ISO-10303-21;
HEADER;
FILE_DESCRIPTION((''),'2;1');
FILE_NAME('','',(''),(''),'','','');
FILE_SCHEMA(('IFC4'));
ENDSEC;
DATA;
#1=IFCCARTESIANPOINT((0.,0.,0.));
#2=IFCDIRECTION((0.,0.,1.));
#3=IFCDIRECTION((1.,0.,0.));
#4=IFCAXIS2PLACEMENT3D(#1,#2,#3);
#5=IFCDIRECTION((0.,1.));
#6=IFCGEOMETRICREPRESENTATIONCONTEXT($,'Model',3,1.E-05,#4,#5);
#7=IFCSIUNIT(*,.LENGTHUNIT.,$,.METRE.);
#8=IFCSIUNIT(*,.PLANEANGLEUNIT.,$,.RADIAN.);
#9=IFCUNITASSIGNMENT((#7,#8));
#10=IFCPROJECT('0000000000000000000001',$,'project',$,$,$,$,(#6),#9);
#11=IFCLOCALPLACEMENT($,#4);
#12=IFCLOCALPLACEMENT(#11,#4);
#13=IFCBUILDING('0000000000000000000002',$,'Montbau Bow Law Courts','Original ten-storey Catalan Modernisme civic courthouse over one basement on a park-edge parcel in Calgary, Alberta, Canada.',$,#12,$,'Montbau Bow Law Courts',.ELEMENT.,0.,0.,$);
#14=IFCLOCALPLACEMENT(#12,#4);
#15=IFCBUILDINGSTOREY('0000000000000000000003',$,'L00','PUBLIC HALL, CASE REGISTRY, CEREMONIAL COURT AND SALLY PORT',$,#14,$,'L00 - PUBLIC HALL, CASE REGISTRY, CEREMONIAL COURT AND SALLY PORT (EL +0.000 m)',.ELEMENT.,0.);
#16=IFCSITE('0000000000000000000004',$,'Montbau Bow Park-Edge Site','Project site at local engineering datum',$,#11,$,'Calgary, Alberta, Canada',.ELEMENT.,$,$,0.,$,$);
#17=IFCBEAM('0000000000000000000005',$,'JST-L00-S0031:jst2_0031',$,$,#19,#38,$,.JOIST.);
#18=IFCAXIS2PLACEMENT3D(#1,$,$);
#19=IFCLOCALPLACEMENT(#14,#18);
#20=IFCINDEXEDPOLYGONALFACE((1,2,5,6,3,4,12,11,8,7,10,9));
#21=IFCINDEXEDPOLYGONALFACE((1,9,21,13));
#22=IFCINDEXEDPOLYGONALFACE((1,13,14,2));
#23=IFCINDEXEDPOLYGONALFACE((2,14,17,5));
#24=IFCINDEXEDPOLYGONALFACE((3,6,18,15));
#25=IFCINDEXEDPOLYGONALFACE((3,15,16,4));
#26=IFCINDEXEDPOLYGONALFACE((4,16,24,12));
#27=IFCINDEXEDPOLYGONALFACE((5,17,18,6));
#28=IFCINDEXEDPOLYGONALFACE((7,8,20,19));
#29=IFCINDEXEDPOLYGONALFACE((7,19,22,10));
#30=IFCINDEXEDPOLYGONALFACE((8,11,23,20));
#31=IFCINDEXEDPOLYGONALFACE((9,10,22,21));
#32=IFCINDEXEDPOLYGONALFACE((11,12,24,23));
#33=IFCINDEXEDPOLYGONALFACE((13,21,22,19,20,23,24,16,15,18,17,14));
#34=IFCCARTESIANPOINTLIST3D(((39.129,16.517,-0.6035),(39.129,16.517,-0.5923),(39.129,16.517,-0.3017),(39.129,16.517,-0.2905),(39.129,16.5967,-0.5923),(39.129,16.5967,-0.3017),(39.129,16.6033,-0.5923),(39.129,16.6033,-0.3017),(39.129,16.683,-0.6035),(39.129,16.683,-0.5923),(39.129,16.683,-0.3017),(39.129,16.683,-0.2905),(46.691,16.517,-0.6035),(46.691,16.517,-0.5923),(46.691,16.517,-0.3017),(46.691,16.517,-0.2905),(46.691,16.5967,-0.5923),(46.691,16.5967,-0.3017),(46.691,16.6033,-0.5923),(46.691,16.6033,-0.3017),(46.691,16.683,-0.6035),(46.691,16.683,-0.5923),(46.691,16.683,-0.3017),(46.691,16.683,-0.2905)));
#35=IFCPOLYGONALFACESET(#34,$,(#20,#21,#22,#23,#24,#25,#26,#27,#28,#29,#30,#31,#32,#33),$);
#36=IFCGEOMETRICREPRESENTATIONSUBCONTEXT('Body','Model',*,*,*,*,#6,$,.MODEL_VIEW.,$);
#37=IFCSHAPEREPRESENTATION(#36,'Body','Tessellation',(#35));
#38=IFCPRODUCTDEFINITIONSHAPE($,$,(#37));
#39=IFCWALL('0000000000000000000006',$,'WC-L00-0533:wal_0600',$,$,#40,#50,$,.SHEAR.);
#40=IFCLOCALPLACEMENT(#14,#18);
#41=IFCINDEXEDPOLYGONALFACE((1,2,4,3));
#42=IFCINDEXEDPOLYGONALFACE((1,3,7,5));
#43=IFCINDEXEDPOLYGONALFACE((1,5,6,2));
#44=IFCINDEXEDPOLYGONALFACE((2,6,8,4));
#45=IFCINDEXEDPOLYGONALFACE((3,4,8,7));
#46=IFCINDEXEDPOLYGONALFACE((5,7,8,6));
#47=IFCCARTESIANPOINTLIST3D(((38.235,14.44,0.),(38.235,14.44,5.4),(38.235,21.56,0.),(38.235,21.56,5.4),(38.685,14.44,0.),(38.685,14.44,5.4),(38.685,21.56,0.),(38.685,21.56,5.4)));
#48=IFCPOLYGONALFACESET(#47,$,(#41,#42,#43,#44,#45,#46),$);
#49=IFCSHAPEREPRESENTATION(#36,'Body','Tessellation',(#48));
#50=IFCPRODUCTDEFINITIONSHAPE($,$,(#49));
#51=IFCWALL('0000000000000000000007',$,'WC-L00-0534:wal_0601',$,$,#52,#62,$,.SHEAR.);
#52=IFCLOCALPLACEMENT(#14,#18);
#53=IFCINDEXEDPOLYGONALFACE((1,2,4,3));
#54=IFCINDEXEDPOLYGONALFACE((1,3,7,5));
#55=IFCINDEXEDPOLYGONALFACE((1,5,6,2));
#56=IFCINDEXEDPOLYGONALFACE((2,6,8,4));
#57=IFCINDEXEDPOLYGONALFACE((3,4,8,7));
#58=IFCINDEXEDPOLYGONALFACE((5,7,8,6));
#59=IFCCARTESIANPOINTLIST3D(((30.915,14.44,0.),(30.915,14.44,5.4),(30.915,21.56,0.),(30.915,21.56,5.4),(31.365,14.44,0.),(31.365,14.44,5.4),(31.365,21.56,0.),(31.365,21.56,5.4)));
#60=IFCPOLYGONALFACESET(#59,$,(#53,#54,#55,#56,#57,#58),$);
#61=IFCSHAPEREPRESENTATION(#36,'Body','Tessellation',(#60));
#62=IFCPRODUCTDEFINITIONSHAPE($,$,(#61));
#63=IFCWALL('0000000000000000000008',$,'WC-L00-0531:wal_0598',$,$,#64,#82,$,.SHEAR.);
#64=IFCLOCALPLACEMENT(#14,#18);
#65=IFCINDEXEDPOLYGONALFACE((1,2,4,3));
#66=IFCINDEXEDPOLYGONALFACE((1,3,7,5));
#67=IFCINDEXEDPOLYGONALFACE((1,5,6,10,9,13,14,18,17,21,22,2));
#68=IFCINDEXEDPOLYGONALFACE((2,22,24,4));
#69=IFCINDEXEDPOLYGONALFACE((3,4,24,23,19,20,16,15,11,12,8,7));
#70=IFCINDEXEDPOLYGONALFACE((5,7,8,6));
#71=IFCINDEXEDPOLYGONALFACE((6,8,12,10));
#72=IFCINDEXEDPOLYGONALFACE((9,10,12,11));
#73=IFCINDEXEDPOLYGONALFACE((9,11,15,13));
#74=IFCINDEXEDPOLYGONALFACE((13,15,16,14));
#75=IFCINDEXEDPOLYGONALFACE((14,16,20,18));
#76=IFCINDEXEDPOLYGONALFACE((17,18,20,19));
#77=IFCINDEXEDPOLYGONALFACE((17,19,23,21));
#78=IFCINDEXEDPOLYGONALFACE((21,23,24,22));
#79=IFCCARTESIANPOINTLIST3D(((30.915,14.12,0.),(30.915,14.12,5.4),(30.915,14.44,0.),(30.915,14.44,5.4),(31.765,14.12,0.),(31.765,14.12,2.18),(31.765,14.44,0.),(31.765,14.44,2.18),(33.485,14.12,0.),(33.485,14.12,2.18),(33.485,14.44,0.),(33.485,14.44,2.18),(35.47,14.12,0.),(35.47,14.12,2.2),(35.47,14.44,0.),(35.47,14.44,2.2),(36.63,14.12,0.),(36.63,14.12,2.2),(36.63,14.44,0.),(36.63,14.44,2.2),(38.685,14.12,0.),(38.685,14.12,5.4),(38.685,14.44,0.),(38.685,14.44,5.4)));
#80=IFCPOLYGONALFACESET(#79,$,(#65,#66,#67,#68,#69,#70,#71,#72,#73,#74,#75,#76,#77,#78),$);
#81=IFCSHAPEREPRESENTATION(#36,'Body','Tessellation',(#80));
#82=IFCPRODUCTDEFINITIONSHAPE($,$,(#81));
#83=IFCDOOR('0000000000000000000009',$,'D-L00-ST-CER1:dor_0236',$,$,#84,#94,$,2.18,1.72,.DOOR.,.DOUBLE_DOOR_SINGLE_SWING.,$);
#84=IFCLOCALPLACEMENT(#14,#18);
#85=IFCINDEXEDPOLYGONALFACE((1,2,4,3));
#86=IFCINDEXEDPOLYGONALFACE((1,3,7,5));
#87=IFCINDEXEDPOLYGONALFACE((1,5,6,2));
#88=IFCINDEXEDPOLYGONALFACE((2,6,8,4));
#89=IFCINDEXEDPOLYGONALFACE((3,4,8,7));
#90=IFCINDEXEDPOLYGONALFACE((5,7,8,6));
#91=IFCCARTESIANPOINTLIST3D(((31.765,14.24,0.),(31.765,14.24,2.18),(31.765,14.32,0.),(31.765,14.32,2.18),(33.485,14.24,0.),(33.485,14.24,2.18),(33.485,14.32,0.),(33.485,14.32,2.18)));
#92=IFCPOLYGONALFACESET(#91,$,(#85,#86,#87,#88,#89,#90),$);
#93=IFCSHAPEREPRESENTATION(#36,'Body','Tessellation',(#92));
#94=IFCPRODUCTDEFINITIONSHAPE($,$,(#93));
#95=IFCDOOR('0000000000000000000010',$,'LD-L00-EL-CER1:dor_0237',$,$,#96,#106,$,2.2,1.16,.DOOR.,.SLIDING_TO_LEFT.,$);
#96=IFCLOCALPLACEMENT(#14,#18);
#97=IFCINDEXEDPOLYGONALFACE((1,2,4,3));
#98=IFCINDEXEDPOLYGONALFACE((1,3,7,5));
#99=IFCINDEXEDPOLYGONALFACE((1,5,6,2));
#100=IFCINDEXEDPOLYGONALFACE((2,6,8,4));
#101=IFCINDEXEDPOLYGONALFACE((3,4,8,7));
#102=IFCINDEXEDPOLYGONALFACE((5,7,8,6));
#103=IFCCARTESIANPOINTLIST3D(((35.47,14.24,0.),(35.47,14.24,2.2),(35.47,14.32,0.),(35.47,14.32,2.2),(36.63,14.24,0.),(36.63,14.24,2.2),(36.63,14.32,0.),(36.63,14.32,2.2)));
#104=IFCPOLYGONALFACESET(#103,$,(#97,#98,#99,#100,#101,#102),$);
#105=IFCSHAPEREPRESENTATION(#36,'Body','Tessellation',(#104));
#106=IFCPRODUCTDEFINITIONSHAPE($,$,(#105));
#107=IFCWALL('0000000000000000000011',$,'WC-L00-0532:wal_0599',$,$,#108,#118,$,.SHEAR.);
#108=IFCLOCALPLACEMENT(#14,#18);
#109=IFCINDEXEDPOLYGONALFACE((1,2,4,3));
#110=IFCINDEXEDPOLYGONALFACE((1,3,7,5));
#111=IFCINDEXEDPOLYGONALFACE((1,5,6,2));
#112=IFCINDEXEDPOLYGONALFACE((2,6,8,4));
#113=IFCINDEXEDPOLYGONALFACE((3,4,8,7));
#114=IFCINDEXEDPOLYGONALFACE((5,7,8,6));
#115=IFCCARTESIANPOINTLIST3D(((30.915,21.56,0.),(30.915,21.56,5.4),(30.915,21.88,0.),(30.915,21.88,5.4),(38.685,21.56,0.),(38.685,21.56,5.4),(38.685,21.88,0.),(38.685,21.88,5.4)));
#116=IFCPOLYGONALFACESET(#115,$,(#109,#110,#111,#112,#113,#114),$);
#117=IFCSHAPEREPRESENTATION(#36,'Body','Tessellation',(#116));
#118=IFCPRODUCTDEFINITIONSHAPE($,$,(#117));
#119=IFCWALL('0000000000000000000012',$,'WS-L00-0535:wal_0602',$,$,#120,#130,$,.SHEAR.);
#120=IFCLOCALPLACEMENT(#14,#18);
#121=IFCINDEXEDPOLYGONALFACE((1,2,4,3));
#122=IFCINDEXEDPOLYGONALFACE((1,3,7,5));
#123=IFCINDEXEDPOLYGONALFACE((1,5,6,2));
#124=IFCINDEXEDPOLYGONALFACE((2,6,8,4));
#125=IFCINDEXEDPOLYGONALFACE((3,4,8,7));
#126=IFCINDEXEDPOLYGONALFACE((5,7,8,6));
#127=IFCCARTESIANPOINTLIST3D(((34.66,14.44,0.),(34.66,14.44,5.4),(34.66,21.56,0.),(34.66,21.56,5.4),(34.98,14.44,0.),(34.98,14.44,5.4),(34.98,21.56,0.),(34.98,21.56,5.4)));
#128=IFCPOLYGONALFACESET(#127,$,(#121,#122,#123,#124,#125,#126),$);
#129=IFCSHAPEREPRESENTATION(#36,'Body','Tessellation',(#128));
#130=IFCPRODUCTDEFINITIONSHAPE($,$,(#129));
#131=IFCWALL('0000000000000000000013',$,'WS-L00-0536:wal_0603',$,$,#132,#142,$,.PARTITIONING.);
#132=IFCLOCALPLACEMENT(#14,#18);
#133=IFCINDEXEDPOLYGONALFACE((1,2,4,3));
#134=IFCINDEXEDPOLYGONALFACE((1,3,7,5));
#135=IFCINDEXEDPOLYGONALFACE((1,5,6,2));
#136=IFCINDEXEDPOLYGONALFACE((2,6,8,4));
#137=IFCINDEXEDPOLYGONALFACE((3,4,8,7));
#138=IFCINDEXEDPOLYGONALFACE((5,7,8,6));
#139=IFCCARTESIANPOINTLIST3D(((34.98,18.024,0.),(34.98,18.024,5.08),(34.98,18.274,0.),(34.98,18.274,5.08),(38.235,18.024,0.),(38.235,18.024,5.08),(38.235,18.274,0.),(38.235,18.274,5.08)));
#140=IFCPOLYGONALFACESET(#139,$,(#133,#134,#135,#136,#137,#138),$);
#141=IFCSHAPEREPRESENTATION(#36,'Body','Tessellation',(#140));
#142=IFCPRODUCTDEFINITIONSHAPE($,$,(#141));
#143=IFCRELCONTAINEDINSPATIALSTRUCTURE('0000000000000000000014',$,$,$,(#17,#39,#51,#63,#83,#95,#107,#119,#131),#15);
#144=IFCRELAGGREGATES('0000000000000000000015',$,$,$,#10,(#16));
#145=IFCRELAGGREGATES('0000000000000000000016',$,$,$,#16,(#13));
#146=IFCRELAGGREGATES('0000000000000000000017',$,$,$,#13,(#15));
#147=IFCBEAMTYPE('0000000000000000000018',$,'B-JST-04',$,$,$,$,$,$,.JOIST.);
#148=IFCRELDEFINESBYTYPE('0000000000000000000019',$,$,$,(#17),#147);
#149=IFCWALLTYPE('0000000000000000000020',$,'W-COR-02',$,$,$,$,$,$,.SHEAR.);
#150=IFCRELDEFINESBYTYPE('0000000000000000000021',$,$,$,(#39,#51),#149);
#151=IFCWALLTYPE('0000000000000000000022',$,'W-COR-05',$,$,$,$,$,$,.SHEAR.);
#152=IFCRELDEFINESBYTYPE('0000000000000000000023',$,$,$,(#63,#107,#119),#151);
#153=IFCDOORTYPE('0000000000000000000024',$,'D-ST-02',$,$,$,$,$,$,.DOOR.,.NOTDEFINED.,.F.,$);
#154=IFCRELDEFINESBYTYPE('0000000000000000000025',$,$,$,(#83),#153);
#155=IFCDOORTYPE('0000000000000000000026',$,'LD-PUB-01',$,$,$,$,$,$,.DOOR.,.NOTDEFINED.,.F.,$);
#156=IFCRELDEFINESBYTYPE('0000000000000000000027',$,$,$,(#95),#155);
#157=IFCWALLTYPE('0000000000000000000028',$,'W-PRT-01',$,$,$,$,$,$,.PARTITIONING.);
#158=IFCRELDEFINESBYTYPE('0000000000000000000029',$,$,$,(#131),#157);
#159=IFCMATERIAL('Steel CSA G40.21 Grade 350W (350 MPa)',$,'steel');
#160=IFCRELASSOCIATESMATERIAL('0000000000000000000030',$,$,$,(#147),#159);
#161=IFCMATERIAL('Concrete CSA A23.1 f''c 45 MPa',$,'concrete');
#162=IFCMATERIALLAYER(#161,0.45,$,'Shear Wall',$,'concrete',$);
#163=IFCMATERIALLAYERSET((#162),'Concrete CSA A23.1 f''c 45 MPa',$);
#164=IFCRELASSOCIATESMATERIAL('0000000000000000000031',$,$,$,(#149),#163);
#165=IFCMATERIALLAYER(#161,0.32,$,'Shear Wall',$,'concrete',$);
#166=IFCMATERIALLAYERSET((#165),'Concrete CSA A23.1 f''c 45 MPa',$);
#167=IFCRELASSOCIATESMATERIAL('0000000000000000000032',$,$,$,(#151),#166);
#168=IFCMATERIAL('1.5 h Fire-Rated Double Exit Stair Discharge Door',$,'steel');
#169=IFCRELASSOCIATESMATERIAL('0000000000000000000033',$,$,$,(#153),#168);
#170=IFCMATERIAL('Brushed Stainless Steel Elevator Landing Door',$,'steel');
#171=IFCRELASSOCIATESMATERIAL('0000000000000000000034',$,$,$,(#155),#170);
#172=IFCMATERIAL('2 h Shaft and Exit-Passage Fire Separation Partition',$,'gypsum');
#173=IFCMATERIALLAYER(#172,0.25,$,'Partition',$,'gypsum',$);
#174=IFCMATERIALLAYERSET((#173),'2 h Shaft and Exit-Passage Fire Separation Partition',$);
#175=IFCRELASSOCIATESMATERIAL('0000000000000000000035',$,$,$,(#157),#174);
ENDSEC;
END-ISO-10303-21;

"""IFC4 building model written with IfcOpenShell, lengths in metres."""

from ifc_helpers import new_model, si_unit, direction, frame, frame_2d, origin_with_axes, origin_2d_with_axis, place, context, subcontext, project, spatial, rectangle, i_section, extrude, material, layer, layer_set, material_profile, profile_set, type_object, element, fill, save


model = new_model("IFC4")

# Units and contexts
model_context = context("Model", 3, precision=1e-05, world=origin_with_axes(), true_north=direction((0.0, 1.0)))
body_context = subcontext(model_context, "Body", "Model", "MODEL_VIEW")
ifc_project = project(units=[si_unit("LENGTHUNIT", "METRE"), si_unit("PLANEANGLEUNIT", "RADIAN")], contexts=[model_context])

# Site, building, storey
site_placement = place(None, origin_with_axes())
site = spatial("IfcSite", under=ifc_project, at=site_placement, Name="Montbau Bow Park-Edge Site", Description="Project site at local engineering datum", LongName="Calgary, Alberta, Canada", CompositionType="ELEMENT", RefElevation=0.0)
building_placement = place(site_placement, origin_with_axes())
building = spatial("IfcBuilding", under=site, at=building_placement, Name="Montbau Bow Law Courts", Description="Original ten-storey Catalan Modernisme civic courthouse over one basement on a park-edge parcel in Calgary, Alberta, Canada.", LongName="Montbau Bow Law Courts", CompositionType="ELEMENT", ElevationOfRefHeight=0.0, ElevationOfTerrain=0.0)
storey_placement = place(building_placement, origin_with_axes())
storey = spatial("IfcBuildingStorey", under=building, at=storey_placement, Name="L00", Description="PUBLIC HALL, CASE REGISTRY, CEREMONIAL COURT AND SALLY PORT", LongName="L00 - PUBLIC HALL, CASE REGISTRY, CEREMONIAL COURT AND SALLY PORT (EL +0.000 m)", CompositionType="ELEMENT", Elevation=0.0)

# Shared definitions
ifc_material_1 = material(Name="Steel CSA G40.21 Grade 350W (350 MPa)", Category="steel")

# Beam
ifc_material_profile_1 = material_profile(ifc_material_1, i_section(OverallWidth=0.166, OverallDepth=0.313, WebThickness=0.0066, FlangeThickness=0.0112, at=origin_2d_with_axis()), Name="W310X45", Category="Main", Priority=0)
ifc_profile_set_1 = profile_set([ifc_material_profile_1], Name="Steel CSA G40.21 Grade 350W (350 MPa)")
beam_type_1 = type_object("IfcBeamType", Name="B-JST-04", PredefinedType="JOIST", material=ifc_profile_set_1)
beam_1_placement = place(None, frame((39.129, 16.6, -0.447), z_axis=(1.0, 0.0, 0.0), x_axis=(0.0, 1.0, 0.0)))
element("IfcBeam", 1, at=beam_1_placement, inside=storey, type_object=beam_type_1, Name="JST-L00-S0031:jst2_0031", PredefinedType="JOIST", context=body_context, shape_type="SweptSolid", body=[
    extrude(i_section(OverallWidth=0.166, OverallDepth=0.313, WebThickness=0.0066, FlangeThickness=0.0112, at=origin_2d_with_axis()), origin_with_axes(), (0.0, 0.0, 1.0), 7.562),
])

# Walls
ifc_material_2 = material(Name="Concrete CSA A23.1 f'c 45 MPa", Category="concrete")
ifc_layer_1 = layer(ifc_material_2, 0.45, Name="Shear Wall", Category="concrete")
ifc_layer_set_1 = layer_set([ifc_layer_1], Name="Concrete CSA A23.1 f'c 45 MPa")
wall_type_1 = type_object("IfcWallType", Name="W-COR-02", PredefinedType="SHEAR", material=ifc_layer_set_1)
for number, where, z_axis, x_axis, name in (
    (2, (38.46, 14.44, 0.0), (0.0, 0.0, 1.0), (0.0, 1.0, 0.0), "WC-L00-0533:wal_0600"),
    (3, (31.14, 21.56, 0.0), (0.0, 0.0, 1.0), (0.0, -1.0, 0.0), "WC-L00-0534:wal_0601"),
):
    element("IfcWall", number, at=place(None, frame(where, z_axis=z_axis, x_axis=x_axis)), inside=storey, type_object=wall_type_1, Name=name, PredefinedType="SHEAR", context=body_context, shape_type="SweptSolid", body=[
        extrude(rectangle(XDim=7.12, YDim=0.45, at=frame_2d((3.56, 0.0), x_axis=(1.0, 0.0))), origin_with_axes(), (0.0, 0.0, 1.0), 5.4),
    ])

# Wall, openings, doors
ifc_layer_2 = layer(ifc_material_2, 0.32, Name="Shear Wall", Category="concrete")
ifc_layer_set_2 = layer_set([ifc_layer_2], Name="Concrete CSA A23.1 f'c 45 MPa")
wall_type_2 = type_object("IfcWallType", Name="W-COR-05", PredefinedType="SHEAR", material=ifc_layer_set_2)
wall_1_placement = place(None, frame((30.915, 14.28, 0.0), z_axis=(0.0, 0.0, 1.0), x_axis=(1.0, 0.0, 0.0)))
wall_1 = element("IfcWall", 4, at=wall_1_placement, inside=storey, type_object=wall_type_2, Name="WC-L00-0531:wal_0598", PredefinedType="SHEAR", context=body_context, shape_type="SweptSolid", body=[
    extrude(rectangle(XDim=7.77, YDim=0.32, at=frame_2d((3.885, 0.0), x_axis=(1.0, 0.0))), origin_with_axes(), (0.0, 0.0, 1.0), 5.4),
])
opening_1_placement = place(None, frame((32.625, 14.28, 0.0), z_axis=(0.0, 0.0, 1.0), x_axis=(1.0, 0.0, 0.0)))
opening_1 = element("IfcOpeningElement", 5, at=opening_1_placement, cuts=wall_1, PredefinedType="OPENING", context=body_context, shape_type="SweptSolid", body=[
    extrude(rectangle(XDim=1.72, YDim=2.18, at=frame_2d((0.0, 1.09), x_axis=(1.0, 0.0))), frame((0.0, 0.17, 0.0), z_axis=(0.0, -1.0, 0.0), x_axis=(1.0, 0.0, 0.0)), (0.0, 0.0, 1.0), 0.34),
])
opening_2_placement = place(None, frame((36.05, 14.28, 0.0), z_axis=(0.0, 0.0, 1.0), x_axis=(1.0, 0.0, 0.0)))
opening_2 = element("IfcOpeningElement", 6, at=opening_2_placement, cuts=wall_1, PredefinedType="OPENING", context=body_context, shape_type="SweptSolid", body=[
    extrude(rectangle(XDim=1.16, YDim=2.2, at=frame_2d((0.0, 1.1), x_axis=(1.0, 0.0))), frame((0.0, 0.17, 0.0), z_axis=(0.0, -1.0, 0.0), x_axis=(1.0, 0.0, 0.0)), (0.0, 0.0, 1.0), 0.34),
])
ifc_material_3 = material(Name="1.5 h Fire-Rated Double Exit Stair Discharge Door", Category="steel")
door_type_1 = type_object("IfcDoorType", Name="D-ST-02", OperationType="NOTDEFINED", ParameterTakesPrecedence=False, PredefinedType="DOOR", material=ifc_material_3)
door_1_placement = place(None, frame((32.625, 14.28, 0.0), z_axis=(0.0, 0.0, 1.0), x_axis=(-1.0, 0.0, 0.0)))
door_1 = element("IfcDoor", 7, at=door_1_placement, inside=storey, type_object=door_type_1, Name="D-L00-ST-CER1:dor_0236", OperationType="DOUBLE_DOOR_SINGLE_SWING", OverallHeight=2.18, OverallWidth=1.72, PredefinedType="DOOR", context=body_context, shape_type="SweptSolid", body=[
    extrude(rectangle(XDim=1.72, YDim=2.18, at=frame_2d((0.0, 1.09), x_axis=(1.0, 0.0))), frame((0.0, 0.04, 0.0), z_axis=(0.0, -1.0, 0.0), x_axis=(1.0, 0.0, 0.0)), (0.0, 0.0, 1.0), 0.08),
])
fill(opening_1, door_1)
ifc_material_4 = material(Name="Brushed Stainless Steel Elevator Landing Door", Category="steel")
door_type_2 = type_object("IfcDoorType", Name="LD-PUB-01", OperationType="NOTDEFINED", ParameterTakesPrecedence=False, PredefinedType="DOOR", material=ifc_material_4)
door_2_placement = place(None, frame((36.05, 14.28, 0.0), z_axis=(0.0, 0.0, 1.0), x_axis=(-1.0, 0.0, 0.0)))
door_2 = element("IfcDoor", 8, at=door_2_placement, inside=storey, type_object=door_type_2, Name="LD-L00-EL-CER1:dor_0237", OperationType="SLIDING_TO_LEFT", OverallHeight=2.2, OverallWidth=1.16, PredefinedType="DOOR", context=body_context, shape_type="SweptSolid", body=[
    extrude(rectangle(XDim=1.16, YDim=2.2, at=frame_2d((0.0, 1.1), x_axis=(1.0, 0.0))), frame((0.0, 0.04, 0.0), z_axis=(0.0, -1.0, 0.0), x_axis=(1.0, 0.0, 0.0)), (0.0, 0.0, 1.0), 0.08),
])
fill(opening_2, door_2)

# Walls
wall_2_placement = place(None, frame((38.685, 21.72, 0.0), z_axis=(0.0, 0.0, 1.0), x_axis=(-1.0, 0.0, 0.0)))
element("IfcWall", 9, at=wall_2_placement, inside=storey, type_object=wall_type_2, Name="WC-L00-0532:wal_0599", PredefinedType="SHEAR", context=body_context, shape_type="SweptSolid", body=[
    extrude(rectangle(XDim=7.77, YDim=0.32, at=frame_2d((3.885, 0.0), x_axis=(1.0, 0.0))), origin_with_axes(), (0.0, 0.0, 1.0), 5.4),
])
wall_3_placement = place(None, frame((34.82, 14.44, 0.0), z_axis=(0.0, 0.0, 1.0), x_axis=(0.0, 1.0, 0.0)))
element("IfcWall", 10, at=wall_3_placement, inside=storey, type_object=wall_type_2, Name="WS-L00-0535:wal_0602", PredefinedType="SHEAR", context=body_context, shape_type="SweptSolid", body=[
    extrude(rectangle(XDim=7.12, YDim=0.32, at=frame_2d((3.56, 0.0), x_axis=(1.0, 0.0))), origin_with_axes(), (0.0, 0.0, 1.0), 5.4),
])
ifc_material_5 = material(Name="2 h Shaft and Exit-Passage Fire Separation Partition", Category="gypsum")
ifc_layer_3 = layer(ifc_material_5, 0.25, Name="Partition", Category="gypsum")
ifc_layer_set_3 = layer_set([ifc_layer_3], Name="2 h Shaft and Exit-Passage Fire Separation Partition")
wall_type_3 = type_object("IfcWallType", Name="W-PRT-01", PredefinedType="PARTITIONING", material=ifc_layer_set_3)
wall_4_placement = place(None, frame((34.98, 18.149, 0.0), z_axis=(0.0, 0.0, 1.0), x_axis=(1.0, 0.0, 0.0)))
element("IfcWall", 11, at=wall_4_placement, inside=storey, type_object=wall_type_3, Name="WS-L00-0536:wal_0603", PredefinedType="PARTITIONING", context=body_context, shape_type="SweptSolid", body=[
    extrude(rectangle(XDim=3.255, YDim=0.25, at=frame_2d((1.6275, 0.0), x_axis=(1.0, 0.0))), origin_with_axes(), (0.0, 0.0, 1.0), 5.08),
])

save(model, "model.ifc")
